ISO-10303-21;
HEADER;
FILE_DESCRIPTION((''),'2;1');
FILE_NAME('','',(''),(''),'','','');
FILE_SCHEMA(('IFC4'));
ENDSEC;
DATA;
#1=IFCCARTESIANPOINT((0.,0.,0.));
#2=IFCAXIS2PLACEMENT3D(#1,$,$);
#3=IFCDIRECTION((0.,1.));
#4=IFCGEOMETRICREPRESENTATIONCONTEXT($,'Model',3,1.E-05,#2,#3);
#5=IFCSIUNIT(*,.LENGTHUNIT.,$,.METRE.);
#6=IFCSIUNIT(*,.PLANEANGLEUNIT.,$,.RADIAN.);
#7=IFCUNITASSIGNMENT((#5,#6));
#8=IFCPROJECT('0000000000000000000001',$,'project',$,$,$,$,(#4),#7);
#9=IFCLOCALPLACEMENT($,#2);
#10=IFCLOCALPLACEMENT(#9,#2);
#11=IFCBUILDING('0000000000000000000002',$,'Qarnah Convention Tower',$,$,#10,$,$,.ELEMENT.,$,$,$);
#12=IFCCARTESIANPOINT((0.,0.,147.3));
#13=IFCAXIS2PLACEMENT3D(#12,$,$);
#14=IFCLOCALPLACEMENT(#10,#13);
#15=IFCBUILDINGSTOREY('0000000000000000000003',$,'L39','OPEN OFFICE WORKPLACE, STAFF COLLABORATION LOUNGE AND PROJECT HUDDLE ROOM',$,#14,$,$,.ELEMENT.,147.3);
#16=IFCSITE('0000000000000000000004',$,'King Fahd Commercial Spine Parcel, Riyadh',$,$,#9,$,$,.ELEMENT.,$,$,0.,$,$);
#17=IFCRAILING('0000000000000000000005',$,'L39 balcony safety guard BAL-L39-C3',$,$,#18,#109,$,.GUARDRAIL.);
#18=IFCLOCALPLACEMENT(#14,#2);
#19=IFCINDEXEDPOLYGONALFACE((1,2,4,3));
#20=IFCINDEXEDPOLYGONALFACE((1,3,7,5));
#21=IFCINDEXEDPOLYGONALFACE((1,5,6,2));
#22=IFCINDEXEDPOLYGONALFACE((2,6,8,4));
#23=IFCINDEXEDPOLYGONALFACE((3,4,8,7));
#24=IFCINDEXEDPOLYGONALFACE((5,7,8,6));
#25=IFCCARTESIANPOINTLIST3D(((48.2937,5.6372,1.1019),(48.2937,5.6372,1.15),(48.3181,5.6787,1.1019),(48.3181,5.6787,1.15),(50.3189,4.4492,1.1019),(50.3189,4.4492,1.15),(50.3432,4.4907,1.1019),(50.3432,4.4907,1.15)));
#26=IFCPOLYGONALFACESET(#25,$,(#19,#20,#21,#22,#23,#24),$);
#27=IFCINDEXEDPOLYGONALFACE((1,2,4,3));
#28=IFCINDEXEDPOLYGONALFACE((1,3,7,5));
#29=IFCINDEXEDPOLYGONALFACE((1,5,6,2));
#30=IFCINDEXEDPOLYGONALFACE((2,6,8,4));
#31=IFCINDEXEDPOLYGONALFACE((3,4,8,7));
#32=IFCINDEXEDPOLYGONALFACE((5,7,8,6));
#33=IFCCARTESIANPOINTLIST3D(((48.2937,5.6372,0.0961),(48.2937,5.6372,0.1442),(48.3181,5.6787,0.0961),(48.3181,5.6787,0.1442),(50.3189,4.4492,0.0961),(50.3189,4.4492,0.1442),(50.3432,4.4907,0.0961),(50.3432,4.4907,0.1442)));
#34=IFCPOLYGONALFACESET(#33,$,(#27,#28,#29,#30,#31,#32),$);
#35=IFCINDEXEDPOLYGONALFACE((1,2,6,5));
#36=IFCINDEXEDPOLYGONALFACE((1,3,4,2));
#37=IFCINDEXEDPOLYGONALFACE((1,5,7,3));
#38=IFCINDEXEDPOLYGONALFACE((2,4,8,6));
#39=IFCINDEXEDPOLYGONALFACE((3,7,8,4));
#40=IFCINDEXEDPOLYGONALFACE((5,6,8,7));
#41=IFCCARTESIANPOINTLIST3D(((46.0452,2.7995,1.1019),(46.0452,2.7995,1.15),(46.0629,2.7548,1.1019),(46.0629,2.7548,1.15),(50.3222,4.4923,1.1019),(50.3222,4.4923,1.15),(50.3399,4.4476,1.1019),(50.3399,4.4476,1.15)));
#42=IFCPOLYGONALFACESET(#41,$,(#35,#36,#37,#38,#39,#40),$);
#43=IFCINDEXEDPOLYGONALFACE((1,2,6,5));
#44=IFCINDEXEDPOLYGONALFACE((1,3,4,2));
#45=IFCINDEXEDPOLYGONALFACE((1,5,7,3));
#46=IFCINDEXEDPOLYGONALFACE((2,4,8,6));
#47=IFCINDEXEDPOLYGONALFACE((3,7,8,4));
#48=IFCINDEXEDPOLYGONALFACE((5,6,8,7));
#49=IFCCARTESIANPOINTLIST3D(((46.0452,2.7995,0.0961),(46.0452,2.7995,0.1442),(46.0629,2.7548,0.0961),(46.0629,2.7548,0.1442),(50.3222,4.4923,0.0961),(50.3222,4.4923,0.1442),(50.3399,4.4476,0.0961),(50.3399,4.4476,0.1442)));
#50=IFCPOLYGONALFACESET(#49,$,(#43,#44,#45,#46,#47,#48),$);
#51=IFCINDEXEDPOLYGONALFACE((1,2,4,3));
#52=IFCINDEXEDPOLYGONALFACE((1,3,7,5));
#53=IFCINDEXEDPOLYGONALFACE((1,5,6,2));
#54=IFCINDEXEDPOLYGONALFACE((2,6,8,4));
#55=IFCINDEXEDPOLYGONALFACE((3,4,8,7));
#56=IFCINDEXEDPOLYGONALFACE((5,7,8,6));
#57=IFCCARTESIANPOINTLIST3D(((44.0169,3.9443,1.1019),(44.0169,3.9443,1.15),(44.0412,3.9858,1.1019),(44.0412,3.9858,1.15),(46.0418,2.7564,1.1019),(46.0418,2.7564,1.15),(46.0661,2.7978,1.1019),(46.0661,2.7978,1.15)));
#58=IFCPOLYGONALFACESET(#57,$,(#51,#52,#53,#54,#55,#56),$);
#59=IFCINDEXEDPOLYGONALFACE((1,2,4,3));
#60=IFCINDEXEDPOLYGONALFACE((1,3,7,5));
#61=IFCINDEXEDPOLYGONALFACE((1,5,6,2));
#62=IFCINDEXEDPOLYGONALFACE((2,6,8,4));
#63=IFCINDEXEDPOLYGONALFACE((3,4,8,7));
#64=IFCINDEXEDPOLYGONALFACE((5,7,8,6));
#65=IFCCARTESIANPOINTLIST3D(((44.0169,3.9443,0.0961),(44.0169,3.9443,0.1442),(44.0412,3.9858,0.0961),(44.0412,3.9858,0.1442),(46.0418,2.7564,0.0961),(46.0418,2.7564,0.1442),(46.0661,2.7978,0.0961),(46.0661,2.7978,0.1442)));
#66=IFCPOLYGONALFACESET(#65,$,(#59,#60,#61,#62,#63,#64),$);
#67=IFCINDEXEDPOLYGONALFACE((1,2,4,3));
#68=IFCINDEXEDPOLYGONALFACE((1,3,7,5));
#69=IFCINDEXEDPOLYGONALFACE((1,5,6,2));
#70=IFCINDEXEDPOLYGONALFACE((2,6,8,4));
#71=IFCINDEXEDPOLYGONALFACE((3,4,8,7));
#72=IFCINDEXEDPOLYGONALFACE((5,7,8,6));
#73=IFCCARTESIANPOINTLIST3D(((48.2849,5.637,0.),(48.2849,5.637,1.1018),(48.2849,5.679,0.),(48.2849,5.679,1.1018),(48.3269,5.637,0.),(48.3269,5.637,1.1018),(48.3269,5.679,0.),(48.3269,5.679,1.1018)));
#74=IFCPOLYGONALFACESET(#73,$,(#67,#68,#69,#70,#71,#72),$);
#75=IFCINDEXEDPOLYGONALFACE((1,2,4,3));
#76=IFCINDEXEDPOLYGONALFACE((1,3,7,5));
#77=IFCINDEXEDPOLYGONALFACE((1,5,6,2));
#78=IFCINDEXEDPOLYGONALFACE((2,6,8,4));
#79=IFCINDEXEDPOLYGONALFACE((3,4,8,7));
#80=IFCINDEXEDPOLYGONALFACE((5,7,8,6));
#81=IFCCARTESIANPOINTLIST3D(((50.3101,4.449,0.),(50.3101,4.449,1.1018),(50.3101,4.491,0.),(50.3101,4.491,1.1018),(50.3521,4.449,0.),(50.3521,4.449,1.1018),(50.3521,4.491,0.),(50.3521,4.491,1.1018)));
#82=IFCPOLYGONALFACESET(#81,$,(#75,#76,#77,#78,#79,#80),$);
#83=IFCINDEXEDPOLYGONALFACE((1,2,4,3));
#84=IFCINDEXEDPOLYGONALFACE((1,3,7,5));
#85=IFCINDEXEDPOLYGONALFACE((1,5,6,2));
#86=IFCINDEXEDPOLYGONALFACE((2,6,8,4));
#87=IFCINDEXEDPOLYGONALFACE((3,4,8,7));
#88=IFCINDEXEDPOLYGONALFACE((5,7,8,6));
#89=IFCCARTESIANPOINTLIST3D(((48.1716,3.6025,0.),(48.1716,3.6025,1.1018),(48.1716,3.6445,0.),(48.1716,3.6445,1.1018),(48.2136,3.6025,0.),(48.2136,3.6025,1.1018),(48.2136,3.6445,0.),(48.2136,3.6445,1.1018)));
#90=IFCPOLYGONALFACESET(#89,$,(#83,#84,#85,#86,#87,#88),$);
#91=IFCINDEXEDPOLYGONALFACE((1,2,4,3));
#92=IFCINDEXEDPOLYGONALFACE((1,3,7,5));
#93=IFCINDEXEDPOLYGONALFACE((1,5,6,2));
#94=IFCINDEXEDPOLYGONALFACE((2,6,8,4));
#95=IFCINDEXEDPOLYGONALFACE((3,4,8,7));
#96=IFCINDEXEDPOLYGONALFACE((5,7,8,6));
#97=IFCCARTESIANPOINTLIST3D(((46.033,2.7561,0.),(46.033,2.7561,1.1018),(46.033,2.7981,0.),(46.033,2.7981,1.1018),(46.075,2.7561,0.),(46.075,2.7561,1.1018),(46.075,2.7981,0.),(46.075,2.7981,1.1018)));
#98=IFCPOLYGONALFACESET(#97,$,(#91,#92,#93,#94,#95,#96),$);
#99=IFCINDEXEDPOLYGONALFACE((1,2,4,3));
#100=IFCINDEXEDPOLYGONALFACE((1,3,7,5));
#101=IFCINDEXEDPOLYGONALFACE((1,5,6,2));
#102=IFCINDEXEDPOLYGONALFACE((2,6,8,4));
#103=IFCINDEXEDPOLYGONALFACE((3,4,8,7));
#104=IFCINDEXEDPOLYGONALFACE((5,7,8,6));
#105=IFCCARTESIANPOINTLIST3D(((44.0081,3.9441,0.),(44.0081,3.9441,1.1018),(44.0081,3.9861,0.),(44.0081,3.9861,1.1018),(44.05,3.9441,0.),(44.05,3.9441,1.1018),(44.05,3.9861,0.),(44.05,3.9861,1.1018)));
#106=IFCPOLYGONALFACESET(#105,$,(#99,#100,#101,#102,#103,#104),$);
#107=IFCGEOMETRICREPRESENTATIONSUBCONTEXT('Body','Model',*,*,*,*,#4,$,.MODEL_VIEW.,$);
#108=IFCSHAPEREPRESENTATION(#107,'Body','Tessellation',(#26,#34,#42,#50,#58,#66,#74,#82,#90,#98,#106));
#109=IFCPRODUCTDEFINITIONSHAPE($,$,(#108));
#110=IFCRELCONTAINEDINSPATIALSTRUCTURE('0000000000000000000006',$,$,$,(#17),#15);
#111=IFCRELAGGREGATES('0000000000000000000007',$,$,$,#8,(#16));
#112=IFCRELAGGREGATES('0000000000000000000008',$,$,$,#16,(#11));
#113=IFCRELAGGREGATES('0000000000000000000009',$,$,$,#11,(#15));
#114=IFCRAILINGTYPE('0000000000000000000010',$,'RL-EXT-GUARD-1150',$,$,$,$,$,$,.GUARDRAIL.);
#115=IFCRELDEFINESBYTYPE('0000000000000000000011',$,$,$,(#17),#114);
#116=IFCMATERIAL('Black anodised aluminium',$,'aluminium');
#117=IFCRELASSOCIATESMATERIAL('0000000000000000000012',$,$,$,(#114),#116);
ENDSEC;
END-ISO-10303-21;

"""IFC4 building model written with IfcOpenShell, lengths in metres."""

from ifc_helpers import new_model, si_unit, direction, frame, origin, origin_2d, place, context, subcontext, project, spatial, rectangle, extrude, material, type_object, element, save


model = new_model("IFC4")

# Units and contexts
model_context = context("Model", 3, precision=1e-05, world=origin(), true_north=direction((0.0, 1.0)))
body_context = subcontext(model_context, "Body", "Model", "MODEL_VIEW")
ifc_project = project(units=[si_unit("LENGTHUNIT", "METRE"), si_unit("PLANEANGLEUNIT", "RADIAN")], contexts=[model_context])

# Site, building, storey
site_placement = place(None, origin())
site = spatial("IfcSite", under=ifc_project, at=site_placement, Name="King Fahd Commercial Spine Parcel, Riyadh", CompositionType="ELEMENT", RefElevation=0.0)
building_placement = place(site_placement, origin())
building = spatial("IfcBuilding", under=site, at=building_placement, Name="Qarnah Convention Tower", CompositionType="ELEMENT")
storey_placement = place(building_placement, frame((0.0, 0.0, 147.3)))
storey = spatial("IfcBuildingStorey", under=building, at=storey_placement, Name="L39", Description="OPEN OFFICE WORKPLACE, STAFF COLLABORATION LOUNGE AND PROJECT HUDDLE ROOM", CompositionType="ELEMENT", Elevation=147.3)

# Shared definitions
ifc_material_1 = material(Name="Black anodised aluminium", Category="aluminium")

# Railing
railing_type = type_object("IfcRailingType", Name="RL-EXT-GUARD-1150", PredefinedType="GUARDRAIL", material=ifc_material_1)
railing_1_placement = place(storey_placement, frame((48.3059, 5.658, 0.0)))
element("IfcRailing", 1, at=railing_1_placement, inside=storey, type_object=railing_type, Name="L39 balcony safety guard BAL-L39-C3", PredefinedType="GUARDRAIL", context=body_context, shape_type="SweptSolid", body=[
    extrude(rectangle(XDim=0.0481, YDim=0.0481, at=origin_2d()), frame((0.0, 0.0, 1.126), z_axis=(0.862543, -0.505984, 0.0), x_axis=(0.505984, 0.862543, 0.0)), (0.0, 0.0, 1.0), 2.3479),
    extrude(rectangle(XDim=0.0481, YDim=0.0481, at=origin_2d()), frame((0.0, 0.0, 0.1201), z_axis=(0.862543, -0.505984, 0.0), x_axis=(0.505984, 0.862543, 0.0)), (0.0, 0.0, 1.0), 2.3479),
    extrude(rectangle(XDim=0.0481, YDim=0.0481, at=origin_2d()), frame((2.0251, -1.188, 1.126), z_axis=(-0.929818, -0.368021, 0.0), x_axis=(0.368021, -0.929818, 0.0)), (0.0, 0.0, 1.0), 4.5999),
    extrude(rectangle(XDim=0.0481, YDim=0.0481, at=origin_2d()), frame((2.0251, -1.188, 0.1201), z_axis=(-0.929818, -0.368021, 0.0), x_axis=(0.368021, -0.929818, 0.0)), (0.0, 0.0, 1.0), 4.5999),
    extrude(rectangle(XDim=0.0481, YDim=0.0481, at=origin_2d()), frame((-2.252, -2.8809, 1.126), z_axis=(-0.862516, 0.506029, 0.0), x_axis=(-0.506029, -0.862516, 0.0)), (0.0, 0.0, 1.0), 2.3477),
    extrude(rectangle(XDim=0.0481, YDim=0.0481, at=origin_2d()), frame((-2.252, -2.8809, 0.1201), z_axis=(-0.862516, 0.506029, 0.0), x_axis=(-0.506029, -0.862516, 0.0)), (0.0, 0.0, 1.0), 2.3477),
    extrude(rectangle(XDim=0.042, YDim=0.042, at=origin_2d()), origin(), (0.0, 0.0, 1.0), 1.1018),
    extrude(rectangle(XDim=0.042, YDim=0.042, at=origin_2d()), frame((2.0251, -1.188, 0.0)), (0.0, 0.0, 1.0), 1.1018),
    extrude(rectangle(XDim=0.042, YDim=0.042, at=origin_2d()), frame((-0.1133, -2.0344, 0.0)), (0.0, 0.0, 1.0), 1.1018),
    extrude(rectangle(XDim=0.042, YDim=0.042, at=origin_2d()), frame((-2.252, -2.8809, 0.0)), (0.0, 0.0, 1.0), 1.1018),
    extrude(rectangle(XDim=0.042, YDim=0.042, at=origin_2d()), frame((-4.2769, -1.6929, 0.0)), (0.0, 0.0, 1.0), 1.1018),
])

save(model, "model.ifc")
